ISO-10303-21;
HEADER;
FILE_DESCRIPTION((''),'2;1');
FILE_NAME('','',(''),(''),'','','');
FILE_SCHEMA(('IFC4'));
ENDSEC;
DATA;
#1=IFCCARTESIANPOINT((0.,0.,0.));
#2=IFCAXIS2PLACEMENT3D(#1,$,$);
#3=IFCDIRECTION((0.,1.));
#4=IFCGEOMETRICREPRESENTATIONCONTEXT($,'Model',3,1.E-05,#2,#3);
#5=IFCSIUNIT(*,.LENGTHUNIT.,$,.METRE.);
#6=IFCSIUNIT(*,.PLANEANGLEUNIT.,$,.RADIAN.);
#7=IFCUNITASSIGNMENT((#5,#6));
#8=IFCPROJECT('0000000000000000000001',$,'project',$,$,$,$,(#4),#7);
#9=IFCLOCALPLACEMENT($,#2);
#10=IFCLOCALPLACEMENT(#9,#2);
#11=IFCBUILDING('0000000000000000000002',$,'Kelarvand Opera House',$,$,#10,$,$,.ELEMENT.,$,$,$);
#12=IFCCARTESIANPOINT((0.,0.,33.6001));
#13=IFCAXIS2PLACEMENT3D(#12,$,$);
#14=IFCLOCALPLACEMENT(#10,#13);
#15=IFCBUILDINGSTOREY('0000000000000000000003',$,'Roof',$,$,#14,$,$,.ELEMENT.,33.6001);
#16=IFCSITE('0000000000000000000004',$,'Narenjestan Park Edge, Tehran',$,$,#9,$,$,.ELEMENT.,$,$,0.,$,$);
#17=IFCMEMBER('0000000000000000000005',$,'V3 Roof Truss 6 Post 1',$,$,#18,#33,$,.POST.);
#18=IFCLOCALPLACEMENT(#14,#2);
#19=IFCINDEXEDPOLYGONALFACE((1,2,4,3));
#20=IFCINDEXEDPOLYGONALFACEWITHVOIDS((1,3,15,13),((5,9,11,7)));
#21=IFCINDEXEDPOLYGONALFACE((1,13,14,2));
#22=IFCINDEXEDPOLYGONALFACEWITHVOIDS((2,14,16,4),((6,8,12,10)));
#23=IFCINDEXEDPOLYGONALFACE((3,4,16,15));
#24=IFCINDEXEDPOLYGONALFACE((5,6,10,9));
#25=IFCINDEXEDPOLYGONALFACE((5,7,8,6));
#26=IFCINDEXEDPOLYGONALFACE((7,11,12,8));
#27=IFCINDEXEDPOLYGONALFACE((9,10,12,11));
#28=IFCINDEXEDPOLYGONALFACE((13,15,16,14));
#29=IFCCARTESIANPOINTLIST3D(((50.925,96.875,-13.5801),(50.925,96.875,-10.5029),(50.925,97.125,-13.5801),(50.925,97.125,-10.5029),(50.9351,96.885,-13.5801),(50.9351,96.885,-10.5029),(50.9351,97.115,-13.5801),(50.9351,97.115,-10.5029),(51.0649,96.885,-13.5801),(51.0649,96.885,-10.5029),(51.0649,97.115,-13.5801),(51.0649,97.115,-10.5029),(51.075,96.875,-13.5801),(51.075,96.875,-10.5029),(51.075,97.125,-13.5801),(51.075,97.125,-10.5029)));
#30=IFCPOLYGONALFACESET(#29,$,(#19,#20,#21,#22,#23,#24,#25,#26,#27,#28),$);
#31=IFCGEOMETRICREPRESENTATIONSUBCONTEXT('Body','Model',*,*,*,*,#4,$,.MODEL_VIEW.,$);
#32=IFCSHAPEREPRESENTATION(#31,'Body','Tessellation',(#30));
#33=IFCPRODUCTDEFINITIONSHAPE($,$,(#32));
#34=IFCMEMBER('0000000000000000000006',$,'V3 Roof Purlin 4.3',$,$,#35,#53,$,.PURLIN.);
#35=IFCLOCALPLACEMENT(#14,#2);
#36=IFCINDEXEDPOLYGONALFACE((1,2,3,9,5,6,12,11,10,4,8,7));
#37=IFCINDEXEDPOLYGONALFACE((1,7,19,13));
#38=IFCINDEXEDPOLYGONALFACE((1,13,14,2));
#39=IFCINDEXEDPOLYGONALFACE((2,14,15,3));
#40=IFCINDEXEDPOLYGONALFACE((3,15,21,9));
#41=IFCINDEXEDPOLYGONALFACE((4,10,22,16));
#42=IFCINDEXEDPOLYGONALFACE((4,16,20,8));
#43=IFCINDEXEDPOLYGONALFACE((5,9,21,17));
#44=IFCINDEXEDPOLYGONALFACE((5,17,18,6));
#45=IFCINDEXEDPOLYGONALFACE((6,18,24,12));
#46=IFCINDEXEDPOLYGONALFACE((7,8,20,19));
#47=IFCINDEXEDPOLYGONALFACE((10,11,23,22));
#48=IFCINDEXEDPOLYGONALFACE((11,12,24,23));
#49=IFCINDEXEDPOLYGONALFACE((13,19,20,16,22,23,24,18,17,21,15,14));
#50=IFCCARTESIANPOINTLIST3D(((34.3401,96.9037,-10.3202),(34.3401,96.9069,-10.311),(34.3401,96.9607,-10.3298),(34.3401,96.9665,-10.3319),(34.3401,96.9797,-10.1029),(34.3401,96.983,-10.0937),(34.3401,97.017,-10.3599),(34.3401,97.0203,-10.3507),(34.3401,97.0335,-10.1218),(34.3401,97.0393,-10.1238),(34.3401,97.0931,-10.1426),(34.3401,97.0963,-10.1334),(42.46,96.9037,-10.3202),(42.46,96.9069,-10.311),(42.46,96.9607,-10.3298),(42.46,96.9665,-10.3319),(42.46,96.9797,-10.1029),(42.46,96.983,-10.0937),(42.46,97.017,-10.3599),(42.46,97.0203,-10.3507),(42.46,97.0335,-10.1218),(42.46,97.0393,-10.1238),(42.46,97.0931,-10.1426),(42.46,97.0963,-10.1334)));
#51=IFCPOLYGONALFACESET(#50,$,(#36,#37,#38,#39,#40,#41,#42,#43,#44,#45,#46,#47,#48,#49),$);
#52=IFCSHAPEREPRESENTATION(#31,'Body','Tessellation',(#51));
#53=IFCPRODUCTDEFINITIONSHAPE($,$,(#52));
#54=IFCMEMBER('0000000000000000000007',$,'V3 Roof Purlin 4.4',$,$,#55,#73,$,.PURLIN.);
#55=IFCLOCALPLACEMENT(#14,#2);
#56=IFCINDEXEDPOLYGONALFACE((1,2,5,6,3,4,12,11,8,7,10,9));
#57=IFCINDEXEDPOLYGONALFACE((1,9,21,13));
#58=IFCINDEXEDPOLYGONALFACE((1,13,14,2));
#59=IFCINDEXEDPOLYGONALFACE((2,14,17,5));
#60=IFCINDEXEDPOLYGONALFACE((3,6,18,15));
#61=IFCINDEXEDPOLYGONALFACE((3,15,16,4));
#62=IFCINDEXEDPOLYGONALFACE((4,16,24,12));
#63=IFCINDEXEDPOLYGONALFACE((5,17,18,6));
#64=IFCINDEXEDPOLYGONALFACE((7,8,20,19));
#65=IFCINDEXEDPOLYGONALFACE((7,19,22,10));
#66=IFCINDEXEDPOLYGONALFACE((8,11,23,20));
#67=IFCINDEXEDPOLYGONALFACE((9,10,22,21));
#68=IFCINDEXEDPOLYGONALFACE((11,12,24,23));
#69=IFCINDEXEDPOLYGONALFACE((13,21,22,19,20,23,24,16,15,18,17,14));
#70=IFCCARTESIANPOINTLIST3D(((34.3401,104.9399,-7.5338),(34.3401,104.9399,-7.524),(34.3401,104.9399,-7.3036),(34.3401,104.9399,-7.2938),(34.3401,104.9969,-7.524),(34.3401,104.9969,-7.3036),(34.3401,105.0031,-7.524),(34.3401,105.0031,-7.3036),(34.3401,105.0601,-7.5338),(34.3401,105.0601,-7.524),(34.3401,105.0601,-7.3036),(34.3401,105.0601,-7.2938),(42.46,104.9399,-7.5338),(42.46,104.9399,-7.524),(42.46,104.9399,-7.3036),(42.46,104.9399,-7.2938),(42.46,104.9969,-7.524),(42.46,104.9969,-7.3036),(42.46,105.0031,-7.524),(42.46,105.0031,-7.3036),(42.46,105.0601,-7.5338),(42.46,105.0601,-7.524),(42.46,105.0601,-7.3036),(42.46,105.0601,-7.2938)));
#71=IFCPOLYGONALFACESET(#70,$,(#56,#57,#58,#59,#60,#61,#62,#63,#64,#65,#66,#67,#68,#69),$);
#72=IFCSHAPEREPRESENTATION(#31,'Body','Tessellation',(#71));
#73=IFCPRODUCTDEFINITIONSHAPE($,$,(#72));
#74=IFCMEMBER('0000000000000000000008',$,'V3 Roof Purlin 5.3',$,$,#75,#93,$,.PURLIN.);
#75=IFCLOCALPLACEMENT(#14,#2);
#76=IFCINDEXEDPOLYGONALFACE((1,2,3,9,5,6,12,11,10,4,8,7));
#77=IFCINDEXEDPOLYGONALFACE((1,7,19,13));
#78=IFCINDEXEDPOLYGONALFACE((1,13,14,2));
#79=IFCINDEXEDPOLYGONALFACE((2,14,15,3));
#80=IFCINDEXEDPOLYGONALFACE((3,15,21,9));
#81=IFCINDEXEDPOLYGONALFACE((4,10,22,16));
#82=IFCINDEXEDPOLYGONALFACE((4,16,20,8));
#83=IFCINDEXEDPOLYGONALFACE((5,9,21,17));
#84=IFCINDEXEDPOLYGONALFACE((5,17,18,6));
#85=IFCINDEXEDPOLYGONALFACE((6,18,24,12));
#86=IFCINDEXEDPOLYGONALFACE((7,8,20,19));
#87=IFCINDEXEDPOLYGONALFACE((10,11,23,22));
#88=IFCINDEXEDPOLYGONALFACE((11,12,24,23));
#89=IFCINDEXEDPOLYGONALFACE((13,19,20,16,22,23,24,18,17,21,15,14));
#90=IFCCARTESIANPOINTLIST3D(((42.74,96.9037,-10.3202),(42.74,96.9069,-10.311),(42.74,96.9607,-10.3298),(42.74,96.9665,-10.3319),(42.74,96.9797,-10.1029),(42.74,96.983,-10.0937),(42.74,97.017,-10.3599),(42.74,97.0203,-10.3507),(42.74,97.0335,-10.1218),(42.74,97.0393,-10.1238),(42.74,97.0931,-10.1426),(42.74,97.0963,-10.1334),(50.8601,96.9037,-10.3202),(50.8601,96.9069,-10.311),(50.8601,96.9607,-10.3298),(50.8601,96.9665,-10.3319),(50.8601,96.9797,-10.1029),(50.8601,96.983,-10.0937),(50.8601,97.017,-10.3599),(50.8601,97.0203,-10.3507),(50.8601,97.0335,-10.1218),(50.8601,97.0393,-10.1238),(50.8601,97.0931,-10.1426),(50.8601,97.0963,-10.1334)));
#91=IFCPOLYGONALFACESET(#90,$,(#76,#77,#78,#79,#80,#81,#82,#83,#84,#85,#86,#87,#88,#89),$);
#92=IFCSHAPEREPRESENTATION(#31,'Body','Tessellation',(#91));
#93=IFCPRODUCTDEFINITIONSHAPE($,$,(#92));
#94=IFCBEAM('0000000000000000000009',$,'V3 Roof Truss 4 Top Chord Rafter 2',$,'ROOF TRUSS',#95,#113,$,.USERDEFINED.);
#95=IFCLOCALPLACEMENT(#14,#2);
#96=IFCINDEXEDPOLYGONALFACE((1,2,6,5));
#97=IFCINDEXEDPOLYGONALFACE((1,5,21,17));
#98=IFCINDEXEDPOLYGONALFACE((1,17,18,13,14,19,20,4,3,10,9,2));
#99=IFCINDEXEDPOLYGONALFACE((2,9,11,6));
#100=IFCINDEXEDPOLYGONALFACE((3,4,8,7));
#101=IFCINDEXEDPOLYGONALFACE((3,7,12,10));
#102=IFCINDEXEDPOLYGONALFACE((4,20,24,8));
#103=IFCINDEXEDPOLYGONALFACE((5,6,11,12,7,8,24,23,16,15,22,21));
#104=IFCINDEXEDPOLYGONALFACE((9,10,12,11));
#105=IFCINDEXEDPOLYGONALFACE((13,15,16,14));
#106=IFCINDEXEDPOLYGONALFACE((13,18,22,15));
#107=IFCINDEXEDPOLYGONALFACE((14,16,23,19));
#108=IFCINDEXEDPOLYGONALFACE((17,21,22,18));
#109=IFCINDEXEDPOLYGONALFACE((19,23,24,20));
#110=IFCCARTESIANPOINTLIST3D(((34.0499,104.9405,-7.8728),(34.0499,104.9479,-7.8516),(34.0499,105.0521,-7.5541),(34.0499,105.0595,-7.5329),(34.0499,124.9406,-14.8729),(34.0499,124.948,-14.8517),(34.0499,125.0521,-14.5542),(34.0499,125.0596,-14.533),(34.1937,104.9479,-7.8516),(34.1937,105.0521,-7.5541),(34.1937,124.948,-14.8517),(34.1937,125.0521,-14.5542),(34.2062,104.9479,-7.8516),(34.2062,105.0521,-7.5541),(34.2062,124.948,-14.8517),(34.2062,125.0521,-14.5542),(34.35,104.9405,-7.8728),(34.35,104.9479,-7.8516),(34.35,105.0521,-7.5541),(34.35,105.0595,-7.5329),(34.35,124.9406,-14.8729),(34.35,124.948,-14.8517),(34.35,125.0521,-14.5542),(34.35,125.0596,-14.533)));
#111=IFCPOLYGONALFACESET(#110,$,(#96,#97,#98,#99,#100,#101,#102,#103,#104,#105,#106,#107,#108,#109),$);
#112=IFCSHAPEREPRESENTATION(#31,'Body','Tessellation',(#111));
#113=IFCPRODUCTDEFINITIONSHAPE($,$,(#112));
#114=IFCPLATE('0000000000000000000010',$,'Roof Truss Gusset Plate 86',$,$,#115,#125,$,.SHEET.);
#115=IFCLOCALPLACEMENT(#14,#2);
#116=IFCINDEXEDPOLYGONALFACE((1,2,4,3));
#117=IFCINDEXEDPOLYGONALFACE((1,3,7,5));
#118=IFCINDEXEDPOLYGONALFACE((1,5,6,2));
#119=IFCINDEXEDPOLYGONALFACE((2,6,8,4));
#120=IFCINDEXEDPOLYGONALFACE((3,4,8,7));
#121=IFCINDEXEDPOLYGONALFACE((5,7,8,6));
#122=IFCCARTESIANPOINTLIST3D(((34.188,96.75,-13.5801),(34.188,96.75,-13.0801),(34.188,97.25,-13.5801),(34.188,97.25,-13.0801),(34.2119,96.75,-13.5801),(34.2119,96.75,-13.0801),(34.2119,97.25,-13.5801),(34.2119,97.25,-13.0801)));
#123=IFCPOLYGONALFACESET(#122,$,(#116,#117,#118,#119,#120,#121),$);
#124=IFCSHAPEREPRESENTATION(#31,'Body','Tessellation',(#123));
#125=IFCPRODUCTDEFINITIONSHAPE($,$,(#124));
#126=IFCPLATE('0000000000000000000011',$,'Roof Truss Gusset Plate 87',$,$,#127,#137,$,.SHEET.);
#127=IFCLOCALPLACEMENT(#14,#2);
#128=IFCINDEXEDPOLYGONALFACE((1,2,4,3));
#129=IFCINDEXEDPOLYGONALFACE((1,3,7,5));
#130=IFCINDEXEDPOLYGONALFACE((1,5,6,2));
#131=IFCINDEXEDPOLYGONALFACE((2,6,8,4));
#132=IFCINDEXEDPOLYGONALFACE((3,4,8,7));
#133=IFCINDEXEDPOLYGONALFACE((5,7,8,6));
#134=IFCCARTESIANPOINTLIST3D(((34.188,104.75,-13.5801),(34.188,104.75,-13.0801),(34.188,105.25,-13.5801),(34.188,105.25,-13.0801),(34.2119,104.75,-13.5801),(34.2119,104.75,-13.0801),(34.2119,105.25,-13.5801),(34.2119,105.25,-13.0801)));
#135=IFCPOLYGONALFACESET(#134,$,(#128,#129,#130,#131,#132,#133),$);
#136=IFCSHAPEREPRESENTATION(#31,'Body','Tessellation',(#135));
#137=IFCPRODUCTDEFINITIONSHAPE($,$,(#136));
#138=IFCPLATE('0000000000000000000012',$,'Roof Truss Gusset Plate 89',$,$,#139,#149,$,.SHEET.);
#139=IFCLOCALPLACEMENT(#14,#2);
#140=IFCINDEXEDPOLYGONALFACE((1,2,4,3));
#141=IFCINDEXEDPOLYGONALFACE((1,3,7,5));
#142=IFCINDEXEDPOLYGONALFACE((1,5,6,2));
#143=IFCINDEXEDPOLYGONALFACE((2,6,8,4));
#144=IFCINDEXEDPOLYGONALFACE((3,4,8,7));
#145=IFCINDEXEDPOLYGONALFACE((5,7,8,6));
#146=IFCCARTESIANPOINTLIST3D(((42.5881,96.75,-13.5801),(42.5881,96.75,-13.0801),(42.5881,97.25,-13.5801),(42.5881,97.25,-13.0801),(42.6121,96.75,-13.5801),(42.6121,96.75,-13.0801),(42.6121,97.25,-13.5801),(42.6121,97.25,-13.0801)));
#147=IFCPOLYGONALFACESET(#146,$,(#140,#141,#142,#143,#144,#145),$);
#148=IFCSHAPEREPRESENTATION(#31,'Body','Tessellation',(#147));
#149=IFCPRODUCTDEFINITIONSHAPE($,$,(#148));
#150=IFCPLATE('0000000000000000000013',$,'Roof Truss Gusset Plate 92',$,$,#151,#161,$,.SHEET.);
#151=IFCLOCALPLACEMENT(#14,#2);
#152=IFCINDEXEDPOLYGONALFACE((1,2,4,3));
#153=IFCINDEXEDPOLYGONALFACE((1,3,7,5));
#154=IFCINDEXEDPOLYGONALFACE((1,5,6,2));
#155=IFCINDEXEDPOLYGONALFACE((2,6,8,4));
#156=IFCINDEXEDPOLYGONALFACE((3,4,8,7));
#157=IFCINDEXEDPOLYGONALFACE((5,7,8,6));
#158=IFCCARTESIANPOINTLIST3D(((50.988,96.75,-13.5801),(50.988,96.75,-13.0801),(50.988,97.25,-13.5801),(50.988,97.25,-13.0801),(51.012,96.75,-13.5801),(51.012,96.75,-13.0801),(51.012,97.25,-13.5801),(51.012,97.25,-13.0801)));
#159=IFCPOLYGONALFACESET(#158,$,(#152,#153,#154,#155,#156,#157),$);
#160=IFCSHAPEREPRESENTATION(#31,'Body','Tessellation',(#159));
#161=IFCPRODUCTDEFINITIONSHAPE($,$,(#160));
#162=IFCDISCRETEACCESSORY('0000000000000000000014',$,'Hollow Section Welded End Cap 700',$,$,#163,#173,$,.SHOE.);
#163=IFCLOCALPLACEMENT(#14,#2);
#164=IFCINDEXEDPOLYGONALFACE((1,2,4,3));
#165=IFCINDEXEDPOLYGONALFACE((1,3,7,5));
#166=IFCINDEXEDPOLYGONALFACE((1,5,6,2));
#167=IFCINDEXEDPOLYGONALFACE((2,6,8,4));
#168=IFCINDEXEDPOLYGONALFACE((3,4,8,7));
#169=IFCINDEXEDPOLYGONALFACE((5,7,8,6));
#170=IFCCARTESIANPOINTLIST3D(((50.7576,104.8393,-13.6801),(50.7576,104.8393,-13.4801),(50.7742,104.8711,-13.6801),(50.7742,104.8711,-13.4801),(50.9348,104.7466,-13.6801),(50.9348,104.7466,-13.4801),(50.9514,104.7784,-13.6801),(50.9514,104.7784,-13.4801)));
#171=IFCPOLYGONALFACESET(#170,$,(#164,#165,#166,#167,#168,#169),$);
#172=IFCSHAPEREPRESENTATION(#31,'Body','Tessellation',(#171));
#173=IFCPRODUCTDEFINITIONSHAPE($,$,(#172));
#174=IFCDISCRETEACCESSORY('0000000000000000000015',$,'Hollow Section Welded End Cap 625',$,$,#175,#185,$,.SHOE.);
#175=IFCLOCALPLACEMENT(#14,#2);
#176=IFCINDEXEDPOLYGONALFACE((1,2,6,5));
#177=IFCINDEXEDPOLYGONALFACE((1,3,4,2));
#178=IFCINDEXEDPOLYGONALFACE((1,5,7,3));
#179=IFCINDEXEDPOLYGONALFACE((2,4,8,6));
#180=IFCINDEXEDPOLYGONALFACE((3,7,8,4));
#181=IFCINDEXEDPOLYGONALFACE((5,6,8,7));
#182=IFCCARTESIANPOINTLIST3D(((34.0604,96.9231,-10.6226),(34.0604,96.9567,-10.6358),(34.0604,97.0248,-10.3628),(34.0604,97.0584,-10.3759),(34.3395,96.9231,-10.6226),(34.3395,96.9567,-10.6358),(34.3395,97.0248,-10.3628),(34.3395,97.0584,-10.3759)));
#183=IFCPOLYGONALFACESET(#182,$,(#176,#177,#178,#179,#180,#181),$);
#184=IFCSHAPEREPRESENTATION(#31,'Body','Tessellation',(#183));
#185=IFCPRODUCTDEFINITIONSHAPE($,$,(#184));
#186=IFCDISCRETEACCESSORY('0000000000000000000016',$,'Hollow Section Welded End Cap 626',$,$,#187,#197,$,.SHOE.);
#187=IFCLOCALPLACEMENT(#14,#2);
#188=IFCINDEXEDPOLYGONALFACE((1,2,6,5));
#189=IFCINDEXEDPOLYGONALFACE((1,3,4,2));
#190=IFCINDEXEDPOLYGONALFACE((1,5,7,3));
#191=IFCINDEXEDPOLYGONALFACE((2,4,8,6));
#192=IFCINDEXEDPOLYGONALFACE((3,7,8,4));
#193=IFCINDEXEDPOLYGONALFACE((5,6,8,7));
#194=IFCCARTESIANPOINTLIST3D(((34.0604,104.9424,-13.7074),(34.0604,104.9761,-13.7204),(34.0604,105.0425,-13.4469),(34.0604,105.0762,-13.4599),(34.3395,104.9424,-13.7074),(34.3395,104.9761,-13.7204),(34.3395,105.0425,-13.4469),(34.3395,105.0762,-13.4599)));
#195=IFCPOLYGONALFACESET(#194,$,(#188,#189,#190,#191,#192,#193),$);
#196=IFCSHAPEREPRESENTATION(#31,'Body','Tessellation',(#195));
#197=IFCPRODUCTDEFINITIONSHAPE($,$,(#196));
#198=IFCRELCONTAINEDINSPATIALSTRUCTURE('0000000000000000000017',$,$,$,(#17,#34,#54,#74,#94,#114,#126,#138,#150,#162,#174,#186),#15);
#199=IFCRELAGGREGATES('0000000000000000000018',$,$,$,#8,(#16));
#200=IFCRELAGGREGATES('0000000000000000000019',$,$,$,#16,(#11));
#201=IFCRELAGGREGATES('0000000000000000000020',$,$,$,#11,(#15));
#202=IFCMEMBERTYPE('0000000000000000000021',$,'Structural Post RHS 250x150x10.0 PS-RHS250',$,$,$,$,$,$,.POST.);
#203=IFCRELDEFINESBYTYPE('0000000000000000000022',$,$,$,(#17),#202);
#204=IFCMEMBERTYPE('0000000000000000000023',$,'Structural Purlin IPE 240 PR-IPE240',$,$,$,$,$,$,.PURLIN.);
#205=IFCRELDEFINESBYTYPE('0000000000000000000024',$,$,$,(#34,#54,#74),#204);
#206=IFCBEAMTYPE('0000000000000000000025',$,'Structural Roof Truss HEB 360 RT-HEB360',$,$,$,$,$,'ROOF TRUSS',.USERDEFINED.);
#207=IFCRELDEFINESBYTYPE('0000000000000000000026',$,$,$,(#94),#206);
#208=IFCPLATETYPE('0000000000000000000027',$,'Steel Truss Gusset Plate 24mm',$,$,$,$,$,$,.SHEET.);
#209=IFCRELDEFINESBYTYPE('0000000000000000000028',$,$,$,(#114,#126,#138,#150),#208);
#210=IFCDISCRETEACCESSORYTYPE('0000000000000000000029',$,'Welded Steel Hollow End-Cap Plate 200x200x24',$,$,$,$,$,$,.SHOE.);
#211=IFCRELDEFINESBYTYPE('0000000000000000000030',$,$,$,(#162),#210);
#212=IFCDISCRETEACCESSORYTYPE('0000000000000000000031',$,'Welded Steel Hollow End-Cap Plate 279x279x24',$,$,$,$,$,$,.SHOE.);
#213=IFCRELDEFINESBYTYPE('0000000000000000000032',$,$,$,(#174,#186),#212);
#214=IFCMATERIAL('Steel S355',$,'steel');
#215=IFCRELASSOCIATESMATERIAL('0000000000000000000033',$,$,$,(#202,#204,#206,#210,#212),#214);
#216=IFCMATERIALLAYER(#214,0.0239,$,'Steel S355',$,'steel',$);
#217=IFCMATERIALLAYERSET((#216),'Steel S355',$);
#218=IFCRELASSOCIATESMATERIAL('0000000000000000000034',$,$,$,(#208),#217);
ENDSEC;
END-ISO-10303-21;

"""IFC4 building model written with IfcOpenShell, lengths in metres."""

from ifc_helpers import new_model, si_unit, direction, frame, origin, origin_2d, place, context, subcontext, project, spatial, rectangle, hollow_rectangle, i_section, extrude, material, layer, layer_set, material_profile, profile_set, type_object, element, save


model = new_model("IFC4")

# Units and contexts
model_context = context("Model", 3, precision=1e-05, world=origin(), true_north=direction((0.0, 1.0)))
body_context = subcontext(model_context, "Body", "Model", "MODEL_VIEW")
ifc_project = project(units=[si_unit("LENGTHUNIT", "METRE"), si_unit("PLANEANGLEUNIT", "RADIAN")], contexts=[model_context])

# Site, building, storey
site_placement = place(None, origin())
site = spatial("IfcSite", under=ifc_project, at=site_placement, Name="Narenjestan Park Edge, Tehran", CompositionType="ELEMENT", RefElevation=0.0)
building_placement = place(site_placement, origin())
building = spatial("IfcBuilding", under=site, at=building_placement, Name="Kelarvand Opera House", CompositionType="ELEMENT")
storey_placement = place(building_placement, frame((0.0, 0.0, 33.6001)))
storey = spatial("IfcBuildingStorey", under=building, at=storey_placement, Name="Roof", CompositionType="ELEMENT", Elevation=33.6001)

# Members
ifc_material = material(Name="Steel S355", Category="steel")
ifc_material_profile_1 = material_profile(ifc_material, hollow_rectangle(XDim=0.1499, YDim=0.25, WallThickness=0.01, at=origin_2d()), Name="RHS 250x150x10.0", Category="steel")
ifc_profile_set_1 = profile_set([ifc_material_profile_1], Name="Steel S355")
member_type_1 = type_object("IfcMemberType", Name="Structural Post RHS 250x150x10.0 PS-RHS250", PredefinedType="POST", material=ifc_profile_set_1)
for number, where, z_axis, x_axis, name in (
    (1, (51.0, 97.0, -13.5801), (0.0, 0.0, 1.0), (1.0, 0.0, 0.0), "V3 Roof Truss 6 Post 1"),
):
    element("IfcMember", number, at=place(storey_placement, frame(where, z_axis=z_axis, x_axis=x_axis)), inside=storey, type_object=member_type_1, Name=name, PredefinedType="POST", context=body_context, shape_type="SweptSolid", body=[
        extrude(hollow_rectangle(XDim=0.1499, YDim=0.25, WallThickness=0.01, at=origin_2d()), origin(), (0.0, 0.0, 1.0), 3.0771),
    ])
ifc_material_profile_2 = material_profile(ifc_material, i_section(OverallWidth=0.1201, OverallDepth=0.24, WebThickness=0.0061, FlangeThickness=0.0098, at=origin_2d()), Name="IPE 240", Category="steel")
ifc_profile_set_2 = profile_set([ifc_material_profile_2], Name="Steel S355")
member_type_2 = type_object("IfcMemberType", Name="Structural Purlin IPE 240 PR-IPE240", PredefinedType="PURLIN", material=ifc_profile_set_2)
for number, where, z_axis, x_axis, name in (
    (2, (34.3401, 97.0, -10.2268), (1.0, 0.0, 0.0), (0.0, 0.943859, -0.33035), "V3 Roof Purlin 4.3"),
    (3, (34.3401, 105.0, -7.4138), (1.0, 0.0, 0.0), (0.0, 1.0, 0.0), "V3 Roof Purlin 4.4"),
):
    element("IfcMember", number, at=place(storey_placement, frame(where, z_axis=z_axis, x_axis=x_axis)), inside=storey, type_object=member_type_2, Name=name, PredefinedType="PURLIN", context=body_context, shape_type="SweptSolid", body=[
        extrude(i_section(OverallWidth=0.1201, OverallDepth=0.24, WebThickness=0.0061, FlangeThickness=0.0098, at=origin_2d()), origin(), (0.0, 0.0, 1.0), 8.1199),
    ])
member_1_placement = place(storey_placement, frame((42.74, 97.0, -10.2268), z_axis=(1.0, 0.0, 0.0), x_axis=(0.0, 0.943859, -0.33035)))
element("IfcMember", 4, at=member_1_placement, inside=storey, type_object=member_type_2, Name="V3 Roof Purlin 5.3", PredefinedType="PURLIN", context=body_context, shape_type="SweptSolid", body=[
    extrude(i_section(OverallWidth=0.1201, OverallDepth=0.24, WebThickness=0.0061, FlangeThickness=0.0098, at=origin_2d()), origin(), (0.0, 0.0, 1.0), 8.1201),
])

# Beam
ifc_material_profile_3 = material_profile(ifc_material, i_section(OverallWidth=0.3, OverallDepth=0.3601, WebThickness=0.0125, FlangeThickness=0.0225, at=origin_2d()), Name="HEB 360", Category="steel")
ifc_profile_set_3 = profile_set([ifc_material_profile_3], Name="Steel S355")
beam_type = type_object("IfcBeamType", Name="Structural Roof Truss HEB 360 RT-HEB360", ElementType="ROOF TRUSS", PredefinedType="USERDEFINED", material=ifc_profile_set_3)
beam_placement = place(storey_placement, frame((34.2, 105.0, -7.7029), z_axis=(0.0, 0.943858, -0.33035), x_axis=(-1.0, 0.0, 0.0)))
element("IfcBeam", 5, at=beam_placement, inside=storey, type_object=beam_type, Name="V3 Roof Truss 4 Top Chord Rafter 2", ObjectType="ROOF TRUSS", PredefinedType="USERDEFINED", context=body_context, shape_type="SweptSolid", body=[
    extrude(i_section(OverallWidth=0.3, OverallDepth=0.3601, WebThickness=0.0125, FlangeThickness=0.0225, at=origin_2d()), origin(), (0.0, 0.0, 1.0), 21.1897),
])

# Plates
ifc_layer = layer(ifc_material, 0.0239, Name="Steel S355", Category="steel")
ifc_layer_set = layer_set([ifc_layer], Name="Steel S355")
plate_type = type_object("IfcPlateType", Name="Steel Truss Gusset Plate 24mm", PredefinedType="SHEET", material=ifc_layer_set)
for number, where, z_axis, x_axis, name in (
    (6, (34.2, 97.0, -13.5801), (0.0, 0.0, 1.0), (1.0, 0.0, 0.0), "Roof Truss Gusset Plate 86"),
    (7, (34.2, 105.0, -13.5801), (0.0, 0.0, 1.0), (1.0, 0.0, 0.0), "Roof Truss Gusset Plate 87"),
    (8, (42.6001, 97.0, -13.5801), (0.0, 0.0, 1.0), (1.0, 0.0, 0.0), "Roof Truss Gusset Plate 89"),
    (9, (51.0, 97.0, -13.5801), (0.0, 0.0, 1.0), (1.0, 0.0, 0.0), "Roof Truss Gusset Plate 92"),
):
    element("IfcPlate", number, at=place(storey_placement, frame(where, z_axis=z_axis, x_axis=x_axis)), inside=storey, type_object=plate_type, Name=name, PredefinedType="SHEET", context=body_context, shape_type="SweptSolid", body=[
        extrude(rectangle(XDim=0.0239, YDim=0.5, at=origin_2d()), origin(), (0.0, 0.0, 1.0), 0.5),
    ])

# Discrete accessories
ifc_material_profile_4 = material_profile(ifc_material, rectangle(XDim=0.2, YDim=0.2, at=origin_2d()), Name="Welded Steel Hollow End-Cap Plate 200x200x24", Category="steel")
ifc_profile_set_4 = profile_set([ifc_material_profile_4], Name="Steel S355")
discrete_accessory_type_1 = type_object("IfcDiscreteAccessoryType", Name="Welded Steel Hollow End-Cap Plate 200x200x24", PredefinedType="SHOE", material=ifc_profile_set_4)
discrete_accessory_placement = place(storey_placement, frame((50.8462, 104.793, -13.5801), z_axis=(0.463498, 0.886098, 0.0), x_axis=(-0.886098, 0.463498, 0.0)))
element("IfcDiscreteAccessory", 10, at=discrete_accessory_placement, inside=storey, type_object=discrete_accessory_type_1, Name="Hollow Section Welded End Cap 700", PredefinedType="SHOE", context=body_context, shape_type="SweptSolid", body=[
    extrude(rectangle(XDim=0.2, YDim=0.2, at=origin_2d()), origin(), (0.0, 0.0, 1.0), 0.0359),
])
ifc_material_profile_5 = material_profile(ifc_material, rectangle(XDim=0.2791, YDim=0.2791, at=origin_2d()), Name="Welded Steel Hollow End-Cap Plate 279x279x24", Category="steel")
ifc_profile_set_5 = profile_set([ifc_material_profile_5], Name="Steel S355")
discrete_accessory_type_2 = type_object("IfcDiscreteAccessoryType", Name="Welded Steel Hollow End-Cap Plate 279x279x24", PredefinedType="SHOE", material=ifc_profile_set_5)
for number, where, z_axis, x_axis, name in (
    (11, (34.2, 97.0076, -10.5059), (0.0, -0.931243, 0.364399), (1.0, 0.0, 0.0), "Hollow Section Welded End Cap 625"),
    (12, (34.2, 104.9924, -13.5771), (0.0, 0.93352, -0.358526), (-1.0, 0.0, 0.0), "Hollow Section Welded End Cap 626"),
):
    element("IfcDiscreteAccessory", number, at=place(storey_placement, frame(where, z_axis=z_axis, x_axis=x_axis)), inside=storey, type_object=discrete_accessory_type_2, Name=name, PredefinedType="SHOE", context=body_context, shape_type="SweptSolid", body=[
        extrude(rectangle(XDim=0.2791, YDim=0.2791, at=origin_2d()), origin(), (0.0, 0.0, 1.0), 0.0361),
    ])

save(model, "model.ifc")
